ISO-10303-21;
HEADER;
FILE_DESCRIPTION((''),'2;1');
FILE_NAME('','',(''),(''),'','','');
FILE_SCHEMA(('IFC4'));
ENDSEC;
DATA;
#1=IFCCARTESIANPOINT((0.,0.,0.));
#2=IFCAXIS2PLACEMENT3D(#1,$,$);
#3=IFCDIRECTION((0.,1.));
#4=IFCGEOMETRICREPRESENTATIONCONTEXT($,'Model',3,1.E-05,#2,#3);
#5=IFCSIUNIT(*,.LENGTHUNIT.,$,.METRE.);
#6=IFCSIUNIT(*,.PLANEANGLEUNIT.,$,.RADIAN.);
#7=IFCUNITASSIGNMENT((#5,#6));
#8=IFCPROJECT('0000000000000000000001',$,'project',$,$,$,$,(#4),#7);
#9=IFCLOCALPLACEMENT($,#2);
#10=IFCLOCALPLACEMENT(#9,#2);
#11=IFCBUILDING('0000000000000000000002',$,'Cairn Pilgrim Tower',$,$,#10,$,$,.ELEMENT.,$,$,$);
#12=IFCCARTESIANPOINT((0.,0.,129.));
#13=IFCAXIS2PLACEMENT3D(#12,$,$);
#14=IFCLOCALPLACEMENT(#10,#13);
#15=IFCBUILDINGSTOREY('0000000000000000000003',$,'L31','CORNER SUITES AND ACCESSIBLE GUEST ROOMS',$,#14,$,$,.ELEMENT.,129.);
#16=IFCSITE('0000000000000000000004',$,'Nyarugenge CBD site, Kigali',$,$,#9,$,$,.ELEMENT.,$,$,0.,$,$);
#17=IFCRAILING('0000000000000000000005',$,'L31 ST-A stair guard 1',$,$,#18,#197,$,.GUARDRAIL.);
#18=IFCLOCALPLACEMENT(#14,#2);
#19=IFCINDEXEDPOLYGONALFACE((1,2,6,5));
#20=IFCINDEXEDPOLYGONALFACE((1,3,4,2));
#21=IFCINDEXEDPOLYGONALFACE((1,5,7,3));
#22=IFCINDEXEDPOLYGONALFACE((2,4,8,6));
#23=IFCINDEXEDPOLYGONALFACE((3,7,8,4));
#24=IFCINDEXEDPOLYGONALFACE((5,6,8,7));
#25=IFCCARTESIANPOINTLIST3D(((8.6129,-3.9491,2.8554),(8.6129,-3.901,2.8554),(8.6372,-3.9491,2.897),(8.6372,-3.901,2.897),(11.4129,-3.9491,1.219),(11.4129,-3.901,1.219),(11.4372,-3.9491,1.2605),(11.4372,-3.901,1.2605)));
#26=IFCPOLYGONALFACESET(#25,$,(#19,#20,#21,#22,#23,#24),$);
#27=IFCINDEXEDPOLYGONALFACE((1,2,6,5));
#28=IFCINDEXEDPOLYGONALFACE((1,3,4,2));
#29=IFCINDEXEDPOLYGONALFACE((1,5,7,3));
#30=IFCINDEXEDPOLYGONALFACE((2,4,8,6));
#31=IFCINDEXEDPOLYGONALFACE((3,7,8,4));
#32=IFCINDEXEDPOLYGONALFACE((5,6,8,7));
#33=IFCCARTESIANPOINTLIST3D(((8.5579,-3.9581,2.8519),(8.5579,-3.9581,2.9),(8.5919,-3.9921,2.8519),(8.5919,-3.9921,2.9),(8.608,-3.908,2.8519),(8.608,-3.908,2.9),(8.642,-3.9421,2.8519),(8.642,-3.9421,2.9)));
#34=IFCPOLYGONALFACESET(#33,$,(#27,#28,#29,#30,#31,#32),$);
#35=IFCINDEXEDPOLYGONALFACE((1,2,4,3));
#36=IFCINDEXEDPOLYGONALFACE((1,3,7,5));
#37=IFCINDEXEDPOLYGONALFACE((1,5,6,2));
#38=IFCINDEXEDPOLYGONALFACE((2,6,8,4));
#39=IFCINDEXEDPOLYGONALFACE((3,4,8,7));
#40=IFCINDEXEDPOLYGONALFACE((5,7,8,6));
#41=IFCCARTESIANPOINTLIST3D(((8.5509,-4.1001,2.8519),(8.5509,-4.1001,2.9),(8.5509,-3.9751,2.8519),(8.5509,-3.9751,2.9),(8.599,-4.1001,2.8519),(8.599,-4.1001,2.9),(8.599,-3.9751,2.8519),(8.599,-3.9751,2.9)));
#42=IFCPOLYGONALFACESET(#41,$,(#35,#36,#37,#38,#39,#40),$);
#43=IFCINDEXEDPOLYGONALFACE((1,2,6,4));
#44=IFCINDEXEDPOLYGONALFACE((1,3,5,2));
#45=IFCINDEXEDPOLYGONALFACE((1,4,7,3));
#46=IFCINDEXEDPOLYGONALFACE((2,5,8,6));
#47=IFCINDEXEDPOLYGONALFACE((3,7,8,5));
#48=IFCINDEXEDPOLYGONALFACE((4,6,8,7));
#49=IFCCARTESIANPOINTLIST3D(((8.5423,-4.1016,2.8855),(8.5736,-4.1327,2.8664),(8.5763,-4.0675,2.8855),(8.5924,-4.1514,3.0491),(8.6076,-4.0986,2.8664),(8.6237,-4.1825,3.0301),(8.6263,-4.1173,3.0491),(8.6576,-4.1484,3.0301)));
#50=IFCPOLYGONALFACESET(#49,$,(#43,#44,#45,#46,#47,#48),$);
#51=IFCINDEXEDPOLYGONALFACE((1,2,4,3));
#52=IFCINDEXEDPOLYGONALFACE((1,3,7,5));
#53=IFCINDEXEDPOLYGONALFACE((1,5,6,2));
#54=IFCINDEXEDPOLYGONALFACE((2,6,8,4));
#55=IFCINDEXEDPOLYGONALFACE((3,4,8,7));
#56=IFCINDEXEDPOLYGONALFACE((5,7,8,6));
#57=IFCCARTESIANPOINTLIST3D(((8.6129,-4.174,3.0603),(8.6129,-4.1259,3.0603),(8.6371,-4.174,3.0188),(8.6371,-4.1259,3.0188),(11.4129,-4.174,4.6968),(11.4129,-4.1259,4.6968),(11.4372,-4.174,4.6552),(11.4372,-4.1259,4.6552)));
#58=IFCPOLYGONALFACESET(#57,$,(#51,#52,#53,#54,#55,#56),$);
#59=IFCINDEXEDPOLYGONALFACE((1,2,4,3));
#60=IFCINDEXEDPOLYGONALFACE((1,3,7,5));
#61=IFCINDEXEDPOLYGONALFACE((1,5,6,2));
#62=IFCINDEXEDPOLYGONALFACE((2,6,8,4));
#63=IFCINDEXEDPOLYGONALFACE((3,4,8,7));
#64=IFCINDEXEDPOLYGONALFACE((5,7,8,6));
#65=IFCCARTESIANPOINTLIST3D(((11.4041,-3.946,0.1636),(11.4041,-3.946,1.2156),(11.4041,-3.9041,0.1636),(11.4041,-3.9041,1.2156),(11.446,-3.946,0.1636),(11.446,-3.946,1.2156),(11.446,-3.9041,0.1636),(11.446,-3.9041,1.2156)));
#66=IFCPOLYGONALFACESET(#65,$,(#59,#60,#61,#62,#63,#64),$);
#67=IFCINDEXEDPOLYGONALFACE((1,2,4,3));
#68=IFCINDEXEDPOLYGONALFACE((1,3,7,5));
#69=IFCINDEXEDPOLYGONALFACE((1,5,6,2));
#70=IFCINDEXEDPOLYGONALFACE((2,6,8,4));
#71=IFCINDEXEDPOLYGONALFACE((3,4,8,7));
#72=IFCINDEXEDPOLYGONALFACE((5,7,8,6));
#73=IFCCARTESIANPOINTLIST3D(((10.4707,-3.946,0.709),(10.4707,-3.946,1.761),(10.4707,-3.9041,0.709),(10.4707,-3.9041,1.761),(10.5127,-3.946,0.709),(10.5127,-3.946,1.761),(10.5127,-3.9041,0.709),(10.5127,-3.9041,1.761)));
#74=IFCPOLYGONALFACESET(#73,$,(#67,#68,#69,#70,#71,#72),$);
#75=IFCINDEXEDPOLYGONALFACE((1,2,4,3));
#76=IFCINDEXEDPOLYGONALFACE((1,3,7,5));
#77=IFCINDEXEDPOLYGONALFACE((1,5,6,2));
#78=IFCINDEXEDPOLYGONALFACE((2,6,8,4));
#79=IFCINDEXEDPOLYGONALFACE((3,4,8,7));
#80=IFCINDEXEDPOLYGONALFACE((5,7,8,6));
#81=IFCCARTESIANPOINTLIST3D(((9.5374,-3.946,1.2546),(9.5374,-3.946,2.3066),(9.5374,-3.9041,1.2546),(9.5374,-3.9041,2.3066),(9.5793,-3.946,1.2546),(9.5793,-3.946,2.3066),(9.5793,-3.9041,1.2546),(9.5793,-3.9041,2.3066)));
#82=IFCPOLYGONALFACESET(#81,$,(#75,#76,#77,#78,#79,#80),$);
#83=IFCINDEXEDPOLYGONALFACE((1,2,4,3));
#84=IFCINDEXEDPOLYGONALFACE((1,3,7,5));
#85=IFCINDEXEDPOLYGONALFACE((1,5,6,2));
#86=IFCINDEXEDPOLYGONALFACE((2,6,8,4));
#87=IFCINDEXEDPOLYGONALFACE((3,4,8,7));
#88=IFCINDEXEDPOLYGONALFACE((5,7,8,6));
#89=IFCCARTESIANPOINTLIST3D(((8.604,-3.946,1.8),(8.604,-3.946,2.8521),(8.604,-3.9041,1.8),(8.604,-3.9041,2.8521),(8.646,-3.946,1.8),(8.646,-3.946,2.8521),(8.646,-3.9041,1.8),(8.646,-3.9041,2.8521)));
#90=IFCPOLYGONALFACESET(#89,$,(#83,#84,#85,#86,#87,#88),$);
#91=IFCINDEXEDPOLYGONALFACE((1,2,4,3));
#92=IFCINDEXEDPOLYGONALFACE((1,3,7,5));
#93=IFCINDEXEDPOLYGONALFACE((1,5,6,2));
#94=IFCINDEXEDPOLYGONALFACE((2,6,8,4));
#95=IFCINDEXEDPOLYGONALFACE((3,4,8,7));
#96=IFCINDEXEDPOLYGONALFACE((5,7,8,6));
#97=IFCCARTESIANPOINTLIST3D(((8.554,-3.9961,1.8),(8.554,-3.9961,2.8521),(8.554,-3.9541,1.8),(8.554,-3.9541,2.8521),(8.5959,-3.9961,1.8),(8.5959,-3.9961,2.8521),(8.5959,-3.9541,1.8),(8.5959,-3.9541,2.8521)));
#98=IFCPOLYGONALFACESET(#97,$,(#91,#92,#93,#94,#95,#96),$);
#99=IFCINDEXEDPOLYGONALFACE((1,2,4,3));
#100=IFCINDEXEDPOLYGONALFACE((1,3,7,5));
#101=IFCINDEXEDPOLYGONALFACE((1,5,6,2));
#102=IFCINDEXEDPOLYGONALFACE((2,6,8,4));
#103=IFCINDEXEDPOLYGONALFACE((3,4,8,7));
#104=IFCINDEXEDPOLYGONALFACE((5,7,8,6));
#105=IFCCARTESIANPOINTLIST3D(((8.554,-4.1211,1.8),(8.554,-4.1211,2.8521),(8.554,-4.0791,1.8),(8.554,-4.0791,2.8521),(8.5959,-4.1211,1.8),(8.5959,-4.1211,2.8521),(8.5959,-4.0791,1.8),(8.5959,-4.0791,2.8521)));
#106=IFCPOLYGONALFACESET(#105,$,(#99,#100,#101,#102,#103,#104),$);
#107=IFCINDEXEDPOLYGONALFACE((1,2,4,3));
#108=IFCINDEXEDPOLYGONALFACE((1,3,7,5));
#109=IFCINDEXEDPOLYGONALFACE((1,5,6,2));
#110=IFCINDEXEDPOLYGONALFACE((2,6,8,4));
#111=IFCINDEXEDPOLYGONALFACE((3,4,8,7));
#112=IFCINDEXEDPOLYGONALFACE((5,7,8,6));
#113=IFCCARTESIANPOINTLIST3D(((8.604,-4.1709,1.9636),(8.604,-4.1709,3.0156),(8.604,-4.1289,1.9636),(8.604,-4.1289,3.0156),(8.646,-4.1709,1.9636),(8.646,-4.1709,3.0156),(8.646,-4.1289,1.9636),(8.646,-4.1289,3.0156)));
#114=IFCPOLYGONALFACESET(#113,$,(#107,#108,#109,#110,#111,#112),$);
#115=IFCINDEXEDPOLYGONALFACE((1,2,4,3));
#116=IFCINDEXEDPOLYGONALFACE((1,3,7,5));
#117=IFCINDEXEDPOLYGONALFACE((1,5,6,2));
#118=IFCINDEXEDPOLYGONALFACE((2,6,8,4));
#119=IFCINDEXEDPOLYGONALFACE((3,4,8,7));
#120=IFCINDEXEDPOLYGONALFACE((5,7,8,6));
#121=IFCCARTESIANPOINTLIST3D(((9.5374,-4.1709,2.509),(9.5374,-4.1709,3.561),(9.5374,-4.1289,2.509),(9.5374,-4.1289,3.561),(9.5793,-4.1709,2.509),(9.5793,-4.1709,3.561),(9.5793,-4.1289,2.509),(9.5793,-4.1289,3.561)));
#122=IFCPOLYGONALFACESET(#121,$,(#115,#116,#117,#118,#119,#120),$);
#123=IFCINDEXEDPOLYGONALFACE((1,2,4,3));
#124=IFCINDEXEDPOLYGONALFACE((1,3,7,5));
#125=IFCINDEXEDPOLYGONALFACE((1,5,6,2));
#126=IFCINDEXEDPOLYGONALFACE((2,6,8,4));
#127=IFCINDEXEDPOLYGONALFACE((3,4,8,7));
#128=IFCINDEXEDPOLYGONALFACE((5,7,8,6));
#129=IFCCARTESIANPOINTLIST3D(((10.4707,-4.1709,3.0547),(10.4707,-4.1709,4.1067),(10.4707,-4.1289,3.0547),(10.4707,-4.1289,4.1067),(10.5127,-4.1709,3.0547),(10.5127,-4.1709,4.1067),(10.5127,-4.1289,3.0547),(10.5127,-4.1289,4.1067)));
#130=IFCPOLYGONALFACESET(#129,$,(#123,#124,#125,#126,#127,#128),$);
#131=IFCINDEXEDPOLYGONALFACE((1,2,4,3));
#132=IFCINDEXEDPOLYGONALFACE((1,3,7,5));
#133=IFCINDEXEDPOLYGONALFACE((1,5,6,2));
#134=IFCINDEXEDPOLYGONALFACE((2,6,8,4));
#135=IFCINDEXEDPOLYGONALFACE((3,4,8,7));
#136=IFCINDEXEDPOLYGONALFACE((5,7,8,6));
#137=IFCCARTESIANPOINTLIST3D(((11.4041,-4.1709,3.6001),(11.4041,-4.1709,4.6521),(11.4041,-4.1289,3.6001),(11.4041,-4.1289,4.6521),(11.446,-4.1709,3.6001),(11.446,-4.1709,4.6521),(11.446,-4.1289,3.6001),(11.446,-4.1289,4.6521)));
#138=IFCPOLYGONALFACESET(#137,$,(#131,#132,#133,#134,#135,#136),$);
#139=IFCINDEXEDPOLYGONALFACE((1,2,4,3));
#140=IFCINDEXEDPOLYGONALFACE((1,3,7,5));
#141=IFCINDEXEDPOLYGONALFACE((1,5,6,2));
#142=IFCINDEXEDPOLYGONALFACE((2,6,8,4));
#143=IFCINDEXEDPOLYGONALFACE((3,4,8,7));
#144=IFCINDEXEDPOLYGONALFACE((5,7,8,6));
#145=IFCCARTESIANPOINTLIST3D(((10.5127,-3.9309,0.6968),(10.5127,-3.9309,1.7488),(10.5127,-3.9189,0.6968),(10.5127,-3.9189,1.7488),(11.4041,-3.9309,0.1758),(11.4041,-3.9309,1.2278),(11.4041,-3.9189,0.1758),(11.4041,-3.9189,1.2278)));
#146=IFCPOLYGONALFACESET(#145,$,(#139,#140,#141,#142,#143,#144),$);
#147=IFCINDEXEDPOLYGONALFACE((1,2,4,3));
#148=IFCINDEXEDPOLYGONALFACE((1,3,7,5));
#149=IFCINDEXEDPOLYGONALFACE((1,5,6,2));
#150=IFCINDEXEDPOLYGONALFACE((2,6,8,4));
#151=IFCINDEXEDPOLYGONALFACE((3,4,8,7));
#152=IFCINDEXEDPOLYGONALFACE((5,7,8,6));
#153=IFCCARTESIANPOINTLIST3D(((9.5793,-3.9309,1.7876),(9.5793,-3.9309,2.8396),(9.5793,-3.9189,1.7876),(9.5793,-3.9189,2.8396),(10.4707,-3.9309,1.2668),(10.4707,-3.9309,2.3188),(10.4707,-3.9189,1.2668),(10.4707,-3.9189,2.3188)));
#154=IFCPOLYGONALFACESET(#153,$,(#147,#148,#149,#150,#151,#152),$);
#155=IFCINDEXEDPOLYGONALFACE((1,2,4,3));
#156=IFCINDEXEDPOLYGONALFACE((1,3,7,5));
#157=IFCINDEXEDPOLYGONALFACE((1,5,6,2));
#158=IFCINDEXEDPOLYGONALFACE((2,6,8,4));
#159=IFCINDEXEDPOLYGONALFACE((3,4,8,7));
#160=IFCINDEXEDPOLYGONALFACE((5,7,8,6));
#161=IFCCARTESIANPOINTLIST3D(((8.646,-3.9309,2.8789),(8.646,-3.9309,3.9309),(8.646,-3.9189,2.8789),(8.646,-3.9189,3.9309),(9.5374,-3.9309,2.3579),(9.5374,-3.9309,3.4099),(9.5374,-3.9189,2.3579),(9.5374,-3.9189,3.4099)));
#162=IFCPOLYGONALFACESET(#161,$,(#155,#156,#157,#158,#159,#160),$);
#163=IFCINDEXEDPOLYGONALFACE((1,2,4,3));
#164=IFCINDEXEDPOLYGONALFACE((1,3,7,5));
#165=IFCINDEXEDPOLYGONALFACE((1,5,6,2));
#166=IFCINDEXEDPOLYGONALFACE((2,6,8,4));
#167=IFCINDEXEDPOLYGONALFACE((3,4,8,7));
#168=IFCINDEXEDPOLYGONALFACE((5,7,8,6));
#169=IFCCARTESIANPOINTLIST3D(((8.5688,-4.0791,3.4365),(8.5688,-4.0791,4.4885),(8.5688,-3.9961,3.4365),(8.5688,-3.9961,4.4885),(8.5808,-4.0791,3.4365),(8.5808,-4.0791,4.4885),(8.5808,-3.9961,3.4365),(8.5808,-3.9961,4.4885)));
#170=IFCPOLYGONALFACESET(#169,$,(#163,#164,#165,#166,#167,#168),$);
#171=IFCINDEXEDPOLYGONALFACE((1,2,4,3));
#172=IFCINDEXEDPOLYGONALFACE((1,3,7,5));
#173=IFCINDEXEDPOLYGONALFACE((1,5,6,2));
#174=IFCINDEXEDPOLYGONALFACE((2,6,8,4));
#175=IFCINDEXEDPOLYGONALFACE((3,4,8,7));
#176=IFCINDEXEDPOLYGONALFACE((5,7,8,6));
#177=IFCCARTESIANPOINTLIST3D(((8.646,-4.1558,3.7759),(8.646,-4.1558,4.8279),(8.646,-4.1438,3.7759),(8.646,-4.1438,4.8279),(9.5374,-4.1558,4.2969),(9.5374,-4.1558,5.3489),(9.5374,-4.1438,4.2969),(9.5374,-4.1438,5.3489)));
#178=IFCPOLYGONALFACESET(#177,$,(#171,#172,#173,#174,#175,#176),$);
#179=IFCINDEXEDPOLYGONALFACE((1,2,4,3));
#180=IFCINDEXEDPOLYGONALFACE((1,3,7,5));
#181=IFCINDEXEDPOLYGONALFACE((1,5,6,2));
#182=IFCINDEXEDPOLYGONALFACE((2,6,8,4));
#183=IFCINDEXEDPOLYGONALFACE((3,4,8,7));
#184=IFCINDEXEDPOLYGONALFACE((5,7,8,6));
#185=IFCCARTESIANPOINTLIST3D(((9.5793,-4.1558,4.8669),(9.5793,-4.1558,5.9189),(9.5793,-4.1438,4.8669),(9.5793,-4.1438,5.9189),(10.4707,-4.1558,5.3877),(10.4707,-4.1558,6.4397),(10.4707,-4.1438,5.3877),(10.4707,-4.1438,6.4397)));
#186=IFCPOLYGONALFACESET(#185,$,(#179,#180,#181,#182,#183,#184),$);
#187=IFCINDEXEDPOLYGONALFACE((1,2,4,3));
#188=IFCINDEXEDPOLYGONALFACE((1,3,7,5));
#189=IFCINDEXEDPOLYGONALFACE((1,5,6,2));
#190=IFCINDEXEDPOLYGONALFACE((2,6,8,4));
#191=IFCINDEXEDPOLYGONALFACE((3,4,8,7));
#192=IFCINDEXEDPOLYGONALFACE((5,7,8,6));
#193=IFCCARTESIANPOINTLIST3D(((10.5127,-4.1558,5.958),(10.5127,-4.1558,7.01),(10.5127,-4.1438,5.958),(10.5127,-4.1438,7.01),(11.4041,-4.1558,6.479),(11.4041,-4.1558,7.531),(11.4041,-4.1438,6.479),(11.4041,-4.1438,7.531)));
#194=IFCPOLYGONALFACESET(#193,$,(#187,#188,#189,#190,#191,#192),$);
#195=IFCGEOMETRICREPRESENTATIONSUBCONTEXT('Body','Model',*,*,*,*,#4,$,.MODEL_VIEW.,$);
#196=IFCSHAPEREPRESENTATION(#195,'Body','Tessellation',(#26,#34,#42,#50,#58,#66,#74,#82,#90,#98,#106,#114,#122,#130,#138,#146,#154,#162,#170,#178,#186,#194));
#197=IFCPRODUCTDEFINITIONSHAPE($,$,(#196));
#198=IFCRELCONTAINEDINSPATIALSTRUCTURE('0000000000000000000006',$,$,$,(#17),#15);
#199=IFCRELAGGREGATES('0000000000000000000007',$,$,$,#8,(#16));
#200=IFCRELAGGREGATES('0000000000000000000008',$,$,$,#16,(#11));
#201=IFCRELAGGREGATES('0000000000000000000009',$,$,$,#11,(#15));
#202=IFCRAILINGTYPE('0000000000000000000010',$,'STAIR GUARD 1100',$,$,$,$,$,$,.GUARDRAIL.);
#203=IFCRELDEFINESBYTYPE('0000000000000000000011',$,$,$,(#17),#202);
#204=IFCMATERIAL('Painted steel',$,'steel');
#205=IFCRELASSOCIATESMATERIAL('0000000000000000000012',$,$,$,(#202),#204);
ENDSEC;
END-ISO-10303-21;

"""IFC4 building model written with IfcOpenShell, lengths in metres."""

from ifc_helpers import new_model, si_unit, direction, frame, origin, origin_2d, place, context, subcontext, project, spatial, polyline, rectangle, outline, extrude, material, type_object, element, save


model = new_model("IFC4")

# Units and contexts
model_context = context("Model", 3, precision=1e-05, world=origin(), true_north=direction((0.0, 1.0)))
body_context = subcontext(model_context, "Body", "Model", "MODEL_VIEW")
ifc_project = project(units=[si_unit("LENGTHUNIT", "METRE"), si_unit("PLANEANGLEUNIT", "RADIAN")], contexts=[model_context])

# Site, building, storey
site_placement = place(None, origin())
site = spatial("IfcSite", under=ifc_project, at=site_placement, Name="Nyarugenge CBD site, Kigali", CompositionType="ELEMENT", RefElevation=0.0)
building_placement = place(site_placement, origin())
building = spatial("IfcBuilding", under=site, at=building_placement, Name="Cairn Pilgrim Tower", CompositionType="ELEMENT")
storey_placement = place(building_placement, frame((0.0, 0.0, 129.0)))
storey = spatial("IfcBuildingStorey", under=building, at=storey_placement, Name="L31", Description="CORNER SUITES AND ACCESSIBLE GUEST ROOMS", CompositionType="ELEMENT", Elevation=129.0)

# Shared definitions
ifc_material_1 = material(Name="Painted steel", Category="steel")

# Railing
railing_type_1 = type_object("IfcRailingType", Name="STAIR GUARD 1100", PredefinedType="GUARDRAIL", material=ifc_material_1)
railing_1_placement = place(storey_placement, frame((11.425, -3.925, 0.1636)))
element("IfcRailing", 1, at=railing_1_placement, inside=storey, type_object=railing_type_1, Name="L31 ST-A stair guard 1", PredefinedType="GUARDRAIL", context=body_context, shape_type="SweptSolid", body=[
    extrude(rectangle(XDim=0.0481, YDim=0.0481, at=origin_2d()), frame((0.0, 0.0, 1.0762), z_axis=(-0.863361, 0.0, 0.504587), x_axis=(0.0, -1.0, 0.0)), (0.0, 0.0, 1.0), 3.2432),
    extrude(rectangle(XDim=0.0481, YDim=0.0481, at=origin_2d()), frame((-2.8, 0.0, 2.7124), z_axis=(-0.707107, -0.707107, 0.0), x_axis=(0.707107, -0.707107, 0.0)), (0.0, 0.0, 1.0), 0.0708),
    extrude(rectangle(XDim=0.0481, YDim=0.0481, at=origin_2d()), frame((-2.8501, -0.05, 2.7124), z_axis=(0.0, -1.0, 0.0), x_axis=(1.0, 0.0, 0.0)), (0.0, 0.0, 1.0), 0.125),
    extrude(rectangle(XDim=0.0481, YDim=0.0481, at=origin_2d()), frame((-2.8501, -0.175, 2.7124), z_axis=(0.280917, -0.279546, 0.918118), x_axis=(0.705376, 0.708834, 0.0)), (0.0, 0.0, 1.0), 0.1782),
    extrude(rectangle(XDim=0.0481, YDim=0.0481, at=origin_2d()), frame((-2.8, -0.2249, 2.876), z_axis=(0.863361, 0.0, 0.504587), x_axis=(0.0, 1.0, 0.0)), (0.0, 0.0, 1.0), 3.2432),
    extrude(rectangle(XDim=0.042, YDim=0.042, at=origin_2d()), origin(), (0.0, 0.0, 1.0), 1.052),
    extrude(rectangle(XDim=0.042, YDim=0.042, at=origin_2d()), frame((-0.9333, 0.0, 0.5454)), (0.0, 0.0, 1.0), 1.052),
    extrude(rectangle(XDim=0.042, YDim=0.042, at=origin_2d()), frame((-1.8667, 0.0, 1.0911)), (0.0, 0.0, 1.0), 1.052),
    extrude(rectangle(XDim=0.042, YDim=0.042, at=origin_2d()), frame((-2.8, 0.0, 1.6365)), (0.0, 0.0, 1.0), 1.052),
    extrude(rectangle(XDim=0.042, YDim=0.042, at=origin_2d()), frame((-2.8501, -0.05, 1.6365)), (0.0, 0.0, 1.0), 1.052),
    extrude(rectangle(XDim=0.042, YDim=0.042, at=origin_2d()), frame((-2.8501, -0.175, 1.6365)), (0.0, 0.0, 1.0), 1.052),
    extrude(rectangle(XDim=0.042, YDim=0.042, at=origin_2d()), frame((-2.8, -0.2249, 1.8)), (0.0, 0.0, 1.0), 1.052),
    extrude(rectangle(XDim=0.042, YDim=0.042, at=origin_2d()), frame((-1.8667, -0.2249, 2.3455)), (0.0, 0.0, 1.0), 1.052),
    extrude(rectangle(XDim=0.042, YDim=0.042, at=origin_2d()), frame((-0.9333, -0.2249, 2.8911)), (0.0, 0.0, 1.0), 1.052),
    extrude(rectangle(XDim=0.042, YDim=0.042, at=origin_2d()), frame((0.0, -0.2249, 3.4365)), (0.0, 0.0, 1.0), 1.052),
    extrude(outline(polyline([(0.021, 0.0122), (0.9124, 0.5332), (0.9124, 1.5852), (0.021, 1.0642), (0.021, 0.0122)])), frame((0.0, -0.0059, 0.0), z_axis=(0.0, 1.0, 0.0), x_axis=(-1.0, 0.0, 0.0)), (0.0, 0.0, 1.0), 0.012),
    extrude(outline(polyline([(0.021, 0.5579), (0.9124, 1.0786), (0.9124, 2.1306), (0.021, 1.6099), (0.021, 0.5579)])), frame((-0.9333, -0.0059, 0.5454), z_axis=(0.0, 1.0, 0.0), x_axis=(-1.0, 0.0, 0.0)), (0.0, 0.0, 1.0), 0.012),
    extrude(outline(polyline([(0.021, 1.1033), (0.9124, 1.6243), (0.9124, 2.6763), (0.021, 2.1553), (0.021, 1.1033)])), frame((-1.8667, -0.0059, 1.0911), z_axis=(0.0, 1.0, 0.0), x_axis=(-1.0, 0.0, 0.0)), (0.0, 0.0, 1.0), 0.012),
    extrude(outline(polyline([(0.021, 1.6365), (0.104, 1.6365), (0.104, 2.6885), (0.021, 2.6885), (0.021, 1.6365)])), frame((-2.8442, -0.05, 1.6365), z_axis=(-1.0, 0.0, 0.0), x_axis=(0.0, -1.0, 0.0)), (0.0, 0.0, 1.0), 0.012),
    extrude(outline(polyline([(0.021, 1.8123), (0.9124, 2.3333), (0.9124, 3.3853), (0.021, 2.8643), (0.021, 1.8123)])), frame((-2.8, -0.2188, 1.8), z_axis=(0.0, -1.0, 0.0), x_axis=(1.0, 0.0, 0.0)), (0.0, 0.0, 1.0), 0.012),
    extrude(outline(polyline([(0.021, 2.3579), (0.9124, 2.8787), (0.9124, 3.9307), (0.021, 3.4099), (0.021, 2.3579)])), frame((-1.8667, -0.2188, 2.3455), z_axis=(0.0, -1.0, 0.0), x_axis=(1.0, 0.0, 0.0)), (0.0, 0.0, 1.0), 0.012),
    extrude(outline(polyline([(0.021, 2.9033), (0.9124, 3.4243), (0.9124, 4.4763), (0.021, 3.9553), (0.021, 2.9033)])), frame((-0.9333, -0.2188, 2.8911), z_axis=(0.0, -1.0, 0.0), x_axis=(1.0, 0.0, 0.0)), (0.0, 0.0, 1.0), 0.012),
])

save(model, "model.ifc")
